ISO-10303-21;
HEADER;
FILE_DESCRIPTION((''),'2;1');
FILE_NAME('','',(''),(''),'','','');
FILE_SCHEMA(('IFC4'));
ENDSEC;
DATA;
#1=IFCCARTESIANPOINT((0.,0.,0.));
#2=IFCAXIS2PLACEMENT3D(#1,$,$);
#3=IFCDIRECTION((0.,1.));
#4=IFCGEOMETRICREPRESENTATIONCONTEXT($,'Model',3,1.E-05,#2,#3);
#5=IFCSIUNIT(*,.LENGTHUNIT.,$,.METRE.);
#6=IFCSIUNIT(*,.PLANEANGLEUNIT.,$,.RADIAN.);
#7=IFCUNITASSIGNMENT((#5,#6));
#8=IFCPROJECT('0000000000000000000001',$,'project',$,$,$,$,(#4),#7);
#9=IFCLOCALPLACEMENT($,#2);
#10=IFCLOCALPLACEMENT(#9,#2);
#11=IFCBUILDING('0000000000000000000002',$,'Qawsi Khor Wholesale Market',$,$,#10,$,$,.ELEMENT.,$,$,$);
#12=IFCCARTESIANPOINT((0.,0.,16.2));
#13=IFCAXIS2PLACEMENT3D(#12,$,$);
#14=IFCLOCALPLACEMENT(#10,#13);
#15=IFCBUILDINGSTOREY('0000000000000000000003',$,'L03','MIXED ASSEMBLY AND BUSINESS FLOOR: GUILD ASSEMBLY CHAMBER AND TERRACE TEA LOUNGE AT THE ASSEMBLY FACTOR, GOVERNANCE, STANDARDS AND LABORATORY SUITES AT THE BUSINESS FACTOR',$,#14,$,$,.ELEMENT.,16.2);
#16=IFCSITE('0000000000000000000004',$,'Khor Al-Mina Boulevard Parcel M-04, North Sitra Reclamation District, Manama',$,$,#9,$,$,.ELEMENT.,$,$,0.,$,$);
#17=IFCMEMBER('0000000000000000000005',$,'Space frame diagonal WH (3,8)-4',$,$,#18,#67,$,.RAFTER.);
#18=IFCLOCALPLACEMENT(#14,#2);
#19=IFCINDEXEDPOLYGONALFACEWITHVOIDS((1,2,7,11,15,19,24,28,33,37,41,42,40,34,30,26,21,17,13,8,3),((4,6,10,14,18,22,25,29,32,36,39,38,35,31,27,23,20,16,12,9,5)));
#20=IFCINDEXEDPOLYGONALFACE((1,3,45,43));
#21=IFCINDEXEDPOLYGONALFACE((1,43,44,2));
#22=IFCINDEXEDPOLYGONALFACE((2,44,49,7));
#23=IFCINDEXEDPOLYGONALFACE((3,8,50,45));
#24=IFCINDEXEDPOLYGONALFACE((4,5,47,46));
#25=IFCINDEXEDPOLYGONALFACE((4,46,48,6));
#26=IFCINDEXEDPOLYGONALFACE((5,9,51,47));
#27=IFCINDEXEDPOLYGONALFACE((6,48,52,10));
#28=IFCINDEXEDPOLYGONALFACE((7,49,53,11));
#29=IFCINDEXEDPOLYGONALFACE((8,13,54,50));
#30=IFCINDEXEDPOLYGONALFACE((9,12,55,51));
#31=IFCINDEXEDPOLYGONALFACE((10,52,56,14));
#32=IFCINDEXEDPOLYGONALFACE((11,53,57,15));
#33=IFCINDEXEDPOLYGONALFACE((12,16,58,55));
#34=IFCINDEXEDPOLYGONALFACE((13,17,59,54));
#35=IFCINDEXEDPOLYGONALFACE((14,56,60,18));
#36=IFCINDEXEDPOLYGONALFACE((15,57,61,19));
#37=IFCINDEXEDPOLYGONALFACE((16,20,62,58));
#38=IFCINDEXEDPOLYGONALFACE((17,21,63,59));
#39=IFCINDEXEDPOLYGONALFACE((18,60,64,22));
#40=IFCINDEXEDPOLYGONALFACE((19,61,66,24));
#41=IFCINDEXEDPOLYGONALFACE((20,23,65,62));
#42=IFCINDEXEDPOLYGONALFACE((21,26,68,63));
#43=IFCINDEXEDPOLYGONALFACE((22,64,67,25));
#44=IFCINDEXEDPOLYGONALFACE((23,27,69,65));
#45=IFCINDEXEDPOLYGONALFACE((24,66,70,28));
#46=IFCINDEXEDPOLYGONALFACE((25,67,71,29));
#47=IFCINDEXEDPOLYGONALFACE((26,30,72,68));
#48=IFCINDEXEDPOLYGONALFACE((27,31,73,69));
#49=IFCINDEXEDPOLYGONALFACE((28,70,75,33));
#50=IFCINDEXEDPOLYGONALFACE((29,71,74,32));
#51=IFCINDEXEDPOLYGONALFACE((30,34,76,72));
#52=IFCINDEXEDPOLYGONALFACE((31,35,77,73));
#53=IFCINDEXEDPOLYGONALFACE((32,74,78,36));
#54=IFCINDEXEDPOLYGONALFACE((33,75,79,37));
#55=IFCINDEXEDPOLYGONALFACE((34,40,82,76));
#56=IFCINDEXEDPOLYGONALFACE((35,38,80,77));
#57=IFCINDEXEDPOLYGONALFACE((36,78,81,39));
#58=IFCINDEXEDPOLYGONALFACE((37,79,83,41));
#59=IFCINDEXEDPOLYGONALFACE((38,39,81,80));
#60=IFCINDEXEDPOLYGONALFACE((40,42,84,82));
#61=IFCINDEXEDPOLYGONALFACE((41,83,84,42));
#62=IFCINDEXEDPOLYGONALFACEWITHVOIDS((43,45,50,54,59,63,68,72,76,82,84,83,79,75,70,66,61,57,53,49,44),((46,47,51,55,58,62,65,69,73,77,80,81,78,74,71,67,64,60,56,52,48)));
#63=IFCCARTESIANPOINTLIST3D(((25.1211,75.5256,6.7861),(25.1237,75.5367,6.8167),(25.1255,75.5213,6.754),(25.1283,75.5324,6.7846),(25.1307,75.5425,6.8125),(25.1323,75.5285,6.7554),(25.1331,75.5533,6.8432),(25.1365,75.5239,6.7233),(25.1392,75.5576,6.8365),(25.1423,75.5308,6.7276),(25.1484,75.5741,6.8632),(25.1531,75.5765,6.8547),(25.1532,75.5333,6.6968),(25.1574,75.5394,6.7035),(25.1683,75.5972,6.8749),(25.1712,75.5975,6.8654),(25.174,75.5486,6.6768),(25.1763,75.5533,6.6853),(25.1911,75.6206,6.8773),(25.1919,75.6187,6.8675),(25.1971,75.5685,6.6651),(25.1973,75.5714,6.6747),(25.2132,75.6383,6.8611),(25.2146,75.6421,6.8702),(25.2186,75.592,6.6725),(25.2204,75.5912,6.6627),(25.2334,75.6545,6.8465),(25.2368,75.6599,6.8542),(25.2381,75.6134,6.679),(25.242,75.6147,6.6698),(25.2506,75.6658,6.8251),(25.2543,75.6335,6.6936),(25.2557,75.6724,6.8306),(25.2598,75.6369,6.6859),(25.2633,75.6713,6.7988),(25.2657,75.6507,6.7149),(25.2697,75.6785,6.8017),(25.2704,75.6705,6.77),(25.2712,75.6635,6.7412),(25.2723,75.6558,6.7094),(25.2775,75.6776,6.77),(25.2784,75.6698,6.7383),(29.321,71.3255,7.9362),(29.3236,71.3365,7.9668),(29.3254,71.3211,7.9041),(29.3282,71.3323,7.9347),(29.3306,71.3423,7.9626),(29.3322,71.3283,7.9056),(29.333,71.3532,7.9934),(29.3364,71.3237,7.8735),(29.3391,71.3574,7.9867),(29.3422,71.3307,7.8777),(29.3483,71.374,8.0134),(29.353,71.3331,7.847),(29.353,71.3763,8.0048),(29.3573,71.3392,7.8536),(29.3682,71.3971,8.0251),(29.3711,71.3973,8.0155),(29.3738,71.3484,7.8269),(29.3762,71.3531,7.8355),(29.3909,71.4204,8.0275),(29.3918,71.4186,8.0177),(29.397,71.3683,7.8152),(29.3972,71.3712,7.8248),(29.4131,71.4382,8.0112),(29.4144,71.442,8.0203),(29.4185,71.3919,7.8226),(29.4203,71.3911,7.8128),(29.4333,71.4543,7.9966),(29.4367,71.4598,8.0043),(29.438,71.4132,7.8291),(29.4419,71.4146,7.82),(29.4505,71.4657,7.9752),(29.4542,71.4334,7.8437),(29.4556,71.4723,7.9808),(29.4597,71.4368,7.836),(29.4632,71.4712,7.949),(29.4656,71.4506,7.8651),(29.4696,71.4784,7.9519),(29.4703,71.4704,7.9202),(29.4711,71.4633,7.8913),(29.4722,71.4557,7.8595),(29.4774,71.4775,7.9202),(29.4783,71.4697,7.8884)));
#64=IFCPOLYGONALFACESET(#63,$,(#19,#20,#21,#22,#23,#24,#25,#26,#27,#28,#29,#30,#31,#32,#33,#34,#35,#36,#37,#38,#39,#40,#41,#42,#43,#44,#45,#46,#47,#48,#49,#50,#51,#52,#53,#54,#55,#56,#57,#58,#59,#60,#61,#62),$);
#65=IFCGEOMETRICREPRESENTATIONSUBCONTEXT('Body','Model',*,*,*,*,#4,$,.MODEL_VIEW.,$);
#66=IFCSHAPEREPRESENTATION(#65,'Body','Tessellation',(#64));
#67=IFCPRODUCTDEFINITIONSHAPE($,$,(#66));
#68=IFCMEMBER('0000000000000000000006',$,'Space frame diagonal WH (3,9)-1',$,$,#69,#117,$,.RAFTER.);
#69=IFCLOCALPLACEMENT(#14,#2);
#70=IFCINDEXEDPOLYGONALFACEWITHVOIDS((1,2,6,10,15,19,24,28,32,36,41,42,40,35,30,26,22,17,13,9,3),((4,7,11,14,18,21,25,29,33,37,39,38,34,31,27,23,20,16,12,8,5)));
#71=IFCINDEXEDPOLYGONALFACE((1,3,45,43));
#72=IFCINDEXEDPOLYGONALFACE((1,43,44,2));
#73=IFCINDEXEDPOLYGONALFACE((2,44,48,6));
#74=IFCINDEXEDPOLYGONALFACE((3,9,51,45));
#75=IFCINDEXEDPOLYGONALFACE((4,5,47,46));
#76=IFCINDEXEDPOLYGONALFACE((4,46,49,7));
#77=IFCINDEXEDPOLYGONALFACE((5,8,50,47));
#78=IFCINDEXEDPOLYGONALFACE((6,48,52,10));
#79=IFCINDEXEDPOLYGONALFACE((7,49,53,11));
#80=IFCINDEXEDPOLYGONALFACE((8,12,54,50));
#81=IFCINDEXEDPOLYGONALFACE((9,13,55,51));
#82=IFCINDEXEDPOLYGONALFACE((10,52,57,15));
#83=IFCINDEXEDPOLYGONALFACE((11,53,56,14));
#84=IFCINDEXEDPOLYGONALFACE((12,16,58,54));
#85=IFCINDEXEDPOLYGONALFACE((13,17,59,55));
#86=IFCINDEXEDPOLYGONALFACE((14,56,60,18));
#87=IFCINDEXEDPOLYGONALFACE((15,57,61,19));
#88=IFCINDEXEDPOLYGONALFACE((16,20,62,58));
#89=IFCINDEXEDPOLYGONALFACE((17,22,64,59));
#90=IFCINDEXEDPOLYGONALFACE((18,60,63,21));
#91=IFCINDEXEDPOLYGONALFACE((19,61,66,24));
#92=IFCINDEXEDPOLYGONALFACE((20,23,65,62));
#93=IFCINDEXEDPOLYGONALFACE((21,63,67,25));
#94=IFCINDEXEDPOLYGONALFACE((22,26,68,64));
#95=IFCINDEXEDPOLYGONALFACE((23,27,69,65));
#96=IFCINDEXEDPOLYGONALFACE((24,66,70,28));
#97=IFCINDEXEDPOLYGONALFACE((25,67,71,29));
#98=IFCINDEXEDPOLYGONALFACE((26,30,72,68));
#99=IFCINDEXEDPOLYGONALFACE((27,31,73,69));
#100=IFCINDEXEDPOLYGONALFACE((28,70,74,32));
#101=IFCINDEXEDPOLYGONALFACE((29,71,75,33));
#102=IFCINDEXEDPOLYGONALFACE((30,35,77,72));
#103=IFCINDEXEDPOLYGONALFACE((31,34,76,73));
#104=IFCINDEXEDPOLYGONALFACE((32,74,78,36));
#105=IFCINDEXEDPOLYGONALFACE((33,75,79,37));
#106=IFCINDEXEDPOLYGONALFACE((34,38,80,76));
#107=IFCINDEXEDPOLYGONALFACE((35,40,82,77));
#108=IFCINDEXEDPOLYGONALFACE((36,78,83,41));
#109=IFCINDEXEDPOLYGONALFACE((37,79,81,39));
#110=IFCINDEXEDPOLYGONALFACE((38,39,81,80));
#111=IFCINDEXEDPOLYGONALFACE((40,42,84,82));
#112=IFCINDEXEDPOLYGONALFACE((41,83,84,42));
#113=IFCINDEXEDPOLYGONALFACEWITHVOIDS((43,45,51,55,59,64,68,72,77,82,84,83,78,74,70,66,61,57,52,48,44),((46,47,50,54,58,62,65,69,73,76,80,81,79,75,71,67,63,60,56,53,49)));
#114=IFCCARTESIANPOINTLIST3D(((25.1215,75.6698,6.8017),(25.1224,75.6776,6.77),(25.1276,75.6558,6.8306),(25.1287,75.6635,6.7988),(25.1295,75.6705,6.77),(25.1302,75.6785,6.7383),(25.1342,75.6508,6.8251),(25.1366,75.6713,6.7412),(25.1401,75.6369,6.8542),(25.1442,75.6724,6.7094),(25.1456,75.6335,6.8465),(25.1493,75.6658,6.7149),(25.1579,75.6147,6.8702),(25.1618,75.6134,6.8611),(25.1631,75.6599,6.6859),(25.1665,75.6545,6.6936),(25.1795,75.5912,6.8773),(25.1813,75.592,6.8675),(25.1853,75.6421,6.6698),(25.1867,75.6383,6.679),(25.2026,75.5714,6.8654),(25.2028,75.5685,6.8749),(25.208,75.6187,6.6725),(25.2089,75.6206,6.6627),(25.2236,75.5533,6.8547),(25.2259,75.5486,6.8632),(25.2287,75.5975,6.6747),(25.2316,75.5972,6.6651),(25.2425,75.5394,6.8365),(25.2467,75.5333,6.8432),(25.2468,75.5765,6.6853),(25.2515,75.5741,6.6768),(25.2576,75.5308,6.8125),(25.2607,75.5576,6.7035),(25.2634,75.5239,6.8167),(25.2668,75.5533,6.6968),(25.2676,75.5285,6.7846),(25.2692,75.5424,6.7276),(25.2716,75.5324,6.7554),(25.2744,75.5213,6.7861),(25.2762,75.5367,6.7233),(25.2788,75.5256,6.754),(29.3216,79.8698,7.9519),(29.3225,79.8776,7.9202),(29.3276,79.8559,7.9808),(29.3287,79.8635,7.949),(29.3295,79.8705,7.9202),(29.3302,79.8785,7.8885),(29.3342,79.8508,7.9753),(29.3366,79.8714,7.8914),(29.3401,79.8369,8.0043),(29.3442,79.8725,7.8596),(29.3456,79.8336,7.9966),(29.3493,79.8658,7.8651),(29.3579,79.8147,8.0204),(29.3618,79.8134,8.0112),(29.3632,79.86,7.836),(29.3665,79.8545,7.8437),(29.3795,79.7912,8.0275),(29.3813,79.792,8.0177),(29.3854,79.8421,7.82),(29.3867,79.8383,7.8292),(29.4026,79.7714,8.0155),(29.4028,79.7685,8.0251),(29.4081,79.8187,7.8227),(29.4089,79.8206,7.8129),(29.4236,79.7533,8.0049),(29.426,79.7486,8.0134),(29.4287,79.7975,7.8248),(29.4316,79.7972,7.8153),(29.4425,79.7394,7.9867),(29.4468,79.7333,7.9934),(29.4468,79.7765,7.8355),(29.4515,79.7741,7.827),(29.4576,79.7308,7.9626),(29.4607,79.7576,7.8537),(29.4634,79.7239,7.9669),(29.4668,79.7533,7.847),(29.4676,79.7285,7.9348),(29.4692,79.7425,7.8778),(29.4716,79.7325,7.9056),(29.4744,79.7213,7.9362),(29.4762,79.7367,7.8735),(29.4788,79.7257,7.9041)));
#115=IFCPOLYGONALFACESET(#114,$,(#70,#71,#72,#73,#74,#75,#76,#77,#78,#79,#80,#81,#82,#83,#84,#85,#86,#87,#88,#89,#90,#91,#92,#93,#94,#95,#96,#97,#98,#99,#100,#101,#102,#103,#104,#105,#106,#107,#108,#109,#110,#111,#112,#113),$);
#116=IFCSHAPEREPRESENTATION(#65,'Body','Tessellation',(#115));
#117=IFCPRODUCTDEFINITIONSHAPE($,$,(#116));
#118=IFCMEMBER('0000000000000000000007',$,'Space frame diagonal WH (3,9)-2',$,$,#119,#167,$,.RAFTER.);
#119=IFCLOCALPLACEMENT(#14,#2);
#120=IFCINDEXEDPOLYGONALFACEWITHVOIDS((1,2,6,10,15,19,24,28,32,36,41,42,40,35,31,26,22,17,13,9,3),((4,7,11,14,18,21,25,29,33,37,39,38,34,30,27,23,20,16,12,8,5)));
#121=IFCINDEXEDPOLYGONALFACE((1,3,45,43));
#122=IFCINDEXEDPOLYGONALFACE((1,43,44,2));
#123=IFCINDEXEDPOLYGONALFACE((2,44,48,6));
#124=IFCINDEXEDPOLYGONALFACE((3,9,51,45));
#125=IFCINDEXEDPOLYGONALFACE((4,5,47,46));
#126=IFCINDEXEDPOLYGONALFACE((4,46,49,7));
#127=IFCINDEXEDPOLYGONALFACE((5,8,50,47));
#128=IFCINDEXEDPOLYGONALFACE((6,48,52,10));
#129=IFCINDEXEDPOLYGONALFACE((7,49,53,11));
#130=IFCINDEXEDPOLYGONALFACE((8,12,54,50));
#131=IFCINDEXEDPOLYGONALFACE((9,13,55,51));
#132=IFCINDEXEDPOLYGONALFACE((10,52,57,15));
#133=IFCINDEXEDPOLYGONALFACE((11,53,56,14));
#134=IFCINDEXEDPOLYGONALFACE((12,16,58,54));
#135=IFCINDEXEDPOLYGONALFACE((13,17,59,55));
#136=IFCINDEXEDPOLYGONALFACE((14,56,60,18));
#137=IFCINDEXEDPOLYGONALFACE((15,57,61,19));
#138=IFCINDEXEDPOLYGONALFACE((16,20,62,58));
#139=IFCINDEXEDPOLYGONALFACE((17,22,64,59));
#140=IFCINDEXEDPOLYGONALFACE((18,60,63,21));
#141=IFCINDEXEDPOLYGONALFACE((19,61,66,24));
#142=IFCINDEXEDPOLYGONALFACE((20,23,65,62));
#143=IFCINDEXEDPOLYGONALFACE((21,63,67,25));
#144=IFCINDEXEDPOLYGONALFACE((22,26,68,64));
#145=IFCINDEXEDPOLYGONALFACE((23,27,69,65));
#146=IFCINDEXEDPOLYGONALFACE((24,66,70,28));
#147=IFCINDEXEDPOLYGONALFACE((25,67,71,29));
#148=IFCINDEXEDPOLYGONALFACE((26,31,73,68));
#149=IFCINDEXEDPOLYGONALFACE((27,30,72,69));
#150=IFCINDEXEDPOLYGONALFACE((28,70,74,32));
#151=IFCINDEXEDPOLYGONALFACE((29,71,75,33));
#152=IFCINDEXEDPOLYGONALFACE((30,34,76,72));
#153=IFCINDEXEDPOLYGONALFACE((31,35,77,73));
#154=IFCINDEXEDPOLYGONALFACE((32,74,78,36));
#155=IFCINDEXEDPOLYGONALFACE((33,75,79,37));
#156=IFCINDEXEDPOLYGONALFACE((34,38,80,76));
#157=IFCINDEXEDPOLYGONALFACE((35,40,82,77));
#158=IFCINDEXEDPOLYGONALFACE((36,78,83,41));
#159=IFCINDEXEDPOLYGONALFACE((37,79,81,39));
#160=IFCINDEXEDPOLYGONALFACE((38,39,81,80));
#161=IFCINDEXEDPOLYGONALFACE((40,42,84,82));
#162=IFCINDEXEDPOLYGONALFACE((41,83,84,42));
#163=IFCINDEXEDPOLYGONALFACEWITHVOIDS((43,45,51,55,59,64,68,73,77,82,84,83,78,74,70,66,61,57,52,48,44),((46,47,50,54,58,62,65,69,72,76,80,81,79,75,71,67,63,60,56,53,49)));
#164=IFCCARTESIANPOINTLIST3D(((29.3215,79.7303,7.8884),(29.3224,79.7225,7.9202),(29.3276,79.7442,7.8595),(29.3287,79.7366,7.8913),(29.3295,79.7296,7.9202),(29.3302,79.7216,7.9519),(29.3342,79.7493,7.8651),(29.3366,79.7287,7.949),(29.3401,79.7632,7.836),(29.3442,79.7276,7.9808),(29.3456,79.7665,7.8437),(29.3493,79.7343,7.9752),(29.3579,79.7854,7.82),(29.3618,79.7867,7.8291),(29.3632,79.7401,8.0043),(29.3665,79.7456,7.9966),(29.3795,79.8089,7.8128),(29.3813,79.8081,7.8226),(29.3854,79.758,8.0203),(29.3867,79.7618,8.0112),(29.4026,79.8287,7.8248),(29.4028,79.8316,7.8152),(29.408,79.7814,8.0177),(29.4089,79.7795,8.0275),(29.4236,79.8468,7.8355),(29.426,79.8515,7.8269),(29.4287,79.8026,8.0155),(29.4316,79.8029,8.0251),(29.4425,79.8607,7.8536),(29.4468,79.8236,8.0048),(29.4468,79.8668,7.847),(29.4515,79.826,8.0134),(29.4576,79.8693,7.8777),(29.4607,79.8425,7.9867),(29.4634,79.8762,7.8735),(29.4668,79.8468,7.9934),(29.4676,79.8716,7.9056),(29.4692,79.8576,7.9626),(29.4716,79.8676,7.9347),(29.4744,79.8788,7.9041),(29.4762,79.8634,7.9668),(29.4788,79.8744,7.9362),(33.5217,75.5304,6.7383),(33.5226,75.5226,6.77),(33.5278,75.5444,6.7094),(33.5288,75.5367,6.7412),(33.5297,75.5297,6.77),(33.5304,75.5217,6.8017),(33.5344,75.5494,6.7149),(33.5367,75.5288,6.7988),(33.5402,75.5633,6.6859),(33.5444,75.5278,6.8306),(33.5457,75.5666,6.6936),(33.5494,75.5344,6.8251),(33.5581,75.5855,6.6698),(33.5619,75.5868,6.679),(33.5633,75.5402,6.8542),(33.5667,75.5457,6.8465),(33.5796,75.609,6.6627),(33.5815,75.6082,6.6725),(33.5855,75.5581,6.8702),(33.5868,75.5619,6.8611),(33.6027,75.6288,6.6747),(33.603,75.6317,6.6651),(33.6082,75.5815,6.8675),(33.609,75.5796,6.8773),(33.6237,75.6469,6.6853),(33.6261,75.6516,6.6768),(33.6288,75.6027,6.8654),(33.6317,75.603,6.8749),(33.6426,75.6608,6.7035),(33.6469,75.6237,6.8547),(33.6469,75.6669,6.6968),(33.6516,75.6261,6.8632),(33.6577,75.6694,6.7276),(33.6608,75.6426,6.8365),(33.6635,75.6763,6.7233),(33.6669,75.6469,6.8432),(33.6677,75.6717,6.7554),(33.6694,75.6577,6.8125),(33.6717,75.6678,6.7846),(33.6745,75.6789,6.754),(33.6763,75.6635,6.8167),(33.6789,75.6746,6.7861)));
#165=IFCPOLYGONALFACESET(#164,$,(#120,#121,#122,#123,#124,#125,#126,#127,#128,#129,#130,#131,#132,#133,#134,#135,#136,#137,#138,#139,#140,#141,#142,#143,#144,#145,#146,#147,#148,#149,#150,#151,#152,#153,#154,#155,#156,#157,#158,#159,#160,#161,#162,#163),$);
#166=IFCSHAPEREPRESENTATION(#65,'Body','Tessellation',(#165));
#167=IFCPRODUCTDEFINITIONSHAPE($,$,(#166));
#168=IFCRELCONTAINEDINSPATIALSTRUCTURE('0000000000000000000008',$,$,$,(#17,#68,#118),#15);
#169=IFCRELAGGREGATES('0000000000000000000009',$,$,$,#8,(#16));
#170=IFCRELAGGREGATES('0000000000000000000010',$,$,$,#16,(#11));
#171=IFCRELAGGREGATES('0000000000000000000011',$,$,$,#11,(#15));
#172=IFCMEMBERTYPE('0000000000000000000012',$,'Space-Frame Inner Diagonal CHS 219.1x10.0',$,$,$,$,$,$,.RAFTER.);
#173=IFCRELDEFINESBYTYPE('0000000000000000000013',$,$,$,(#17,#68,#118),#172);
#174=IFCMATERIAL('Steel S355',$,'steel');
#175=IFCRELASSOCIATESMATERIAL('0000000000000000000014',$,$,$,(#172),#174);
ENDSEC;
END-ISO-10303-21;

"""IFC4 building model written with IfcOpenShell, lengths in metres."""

from ifc_helpers import new_model, si_unit, direction, frame, origin, origin_2d, place, context, subcontext, project, spatial, hollow_circle, extrude, material, material_profile, profile_set, type_object, element, save


model = new_model("IFC4")

# Units and contexts
model_context = context("Model", 3, precision=1e-05, world=origin(), true_north=direction((0.0, 1.0)))
body_context = subcontext(model_context, "Body", "Model", "MODEL_VIEW")
ifc_project = project(units=[si_unit("LENGTHUNIT", "METRE"), si_unit("PLANEANGLEUNIT", "RADIAN")], contexts=[model_context])

# Site, building, storey
site_placement = place(None, origin())
site = spatial("IfcSite", under=ifc_project, at=site_placement, Name="Khor Al-Mina Boulevard Parcel M-04, North Sitra Reclamation District, Manama", CompositionType="ELEMENT", RefElevation=0.0)
building_placement = place(site_placement, origin())
building = spatial("IfcBuilding", under=site, at=building_placement, Name="Qawsi Khor Wholesale Market", CompositionType="ELEMENT")
storey_placement = place(building_placement, frame((0.0, 0.0, 16.2)))
storey = spatial("IfcBuildingStorey", under=building, at=storey_placement, Name="L03", Description="MIXED ASSEMBLY AND BUSINESS FLOOR: GUILD ASSEMBLY CHAMBER AND TERRACE TEA LOUNGE AT THE ASSEMBLY FACTOR, GOVERNANCE, STANDARDS AND LABORATORY SUITES AT THE BUSINESS FACTOR", CompositionType="ELEMENT", Elevation=16.2)

# Members
ifc_material_1 = material(Name="Steel S355", Category="steel")
ifc_material_profile_1 = material_profile(ifc_material_1, hollow_circle(Radius=0.1096, WallThickness=0.01, at=origin_2d()), Name="CHS 219.1x10.0")
ifc_profile_set_1 = profile_set([ifc_material_profile_1], Name="Steel S355")
member_type_1 = type_object("IfcMemberType", Name="Space-Frame Inner Diagonal CHS 219.1x10.0", PredefinedType="RAFTER", material=ifc_profile_set_1)
for number, where, z_axis, x_axis, name in (
    (1, (25.2, 75.6001, 6.77), (0.694192, -0.694232, 0.190103), (0.707127, 0.707086, 0.0), "Space frame diagonal WH (3,8)-4"),
    (2, (25.2, 75.6001, 6.77), (0.694211, 0.694211, 0.190108), (-0.707107, 0.707107, 0.0), "Space frame diagonal WH (3,9)-1"),
    (3, (33.6001, 75.6001, 6.77), (-0.694232, 0.694192, 0.190103), (-0.707086, -0.707127, 0.0), "Space frame diagonal WH (3,9)-2"),
):
    element("IfcMember", number, at=place(storey_placement, frame(where, z_axis=z_axis, x_axis=x_axis)), inside=storey, type_object=member_type_1, Name=name, PredefinedType="RAFTER", context=body_context, shape_type="SweptSolid", body=[
        extrude(hollow_circle(Radius=0.1096, WallThickness=0.01, at=origin_2d()), origin(), (0.0, 0.0, 1.0), 6.05),
    ])

save(model, "model.ifc")
